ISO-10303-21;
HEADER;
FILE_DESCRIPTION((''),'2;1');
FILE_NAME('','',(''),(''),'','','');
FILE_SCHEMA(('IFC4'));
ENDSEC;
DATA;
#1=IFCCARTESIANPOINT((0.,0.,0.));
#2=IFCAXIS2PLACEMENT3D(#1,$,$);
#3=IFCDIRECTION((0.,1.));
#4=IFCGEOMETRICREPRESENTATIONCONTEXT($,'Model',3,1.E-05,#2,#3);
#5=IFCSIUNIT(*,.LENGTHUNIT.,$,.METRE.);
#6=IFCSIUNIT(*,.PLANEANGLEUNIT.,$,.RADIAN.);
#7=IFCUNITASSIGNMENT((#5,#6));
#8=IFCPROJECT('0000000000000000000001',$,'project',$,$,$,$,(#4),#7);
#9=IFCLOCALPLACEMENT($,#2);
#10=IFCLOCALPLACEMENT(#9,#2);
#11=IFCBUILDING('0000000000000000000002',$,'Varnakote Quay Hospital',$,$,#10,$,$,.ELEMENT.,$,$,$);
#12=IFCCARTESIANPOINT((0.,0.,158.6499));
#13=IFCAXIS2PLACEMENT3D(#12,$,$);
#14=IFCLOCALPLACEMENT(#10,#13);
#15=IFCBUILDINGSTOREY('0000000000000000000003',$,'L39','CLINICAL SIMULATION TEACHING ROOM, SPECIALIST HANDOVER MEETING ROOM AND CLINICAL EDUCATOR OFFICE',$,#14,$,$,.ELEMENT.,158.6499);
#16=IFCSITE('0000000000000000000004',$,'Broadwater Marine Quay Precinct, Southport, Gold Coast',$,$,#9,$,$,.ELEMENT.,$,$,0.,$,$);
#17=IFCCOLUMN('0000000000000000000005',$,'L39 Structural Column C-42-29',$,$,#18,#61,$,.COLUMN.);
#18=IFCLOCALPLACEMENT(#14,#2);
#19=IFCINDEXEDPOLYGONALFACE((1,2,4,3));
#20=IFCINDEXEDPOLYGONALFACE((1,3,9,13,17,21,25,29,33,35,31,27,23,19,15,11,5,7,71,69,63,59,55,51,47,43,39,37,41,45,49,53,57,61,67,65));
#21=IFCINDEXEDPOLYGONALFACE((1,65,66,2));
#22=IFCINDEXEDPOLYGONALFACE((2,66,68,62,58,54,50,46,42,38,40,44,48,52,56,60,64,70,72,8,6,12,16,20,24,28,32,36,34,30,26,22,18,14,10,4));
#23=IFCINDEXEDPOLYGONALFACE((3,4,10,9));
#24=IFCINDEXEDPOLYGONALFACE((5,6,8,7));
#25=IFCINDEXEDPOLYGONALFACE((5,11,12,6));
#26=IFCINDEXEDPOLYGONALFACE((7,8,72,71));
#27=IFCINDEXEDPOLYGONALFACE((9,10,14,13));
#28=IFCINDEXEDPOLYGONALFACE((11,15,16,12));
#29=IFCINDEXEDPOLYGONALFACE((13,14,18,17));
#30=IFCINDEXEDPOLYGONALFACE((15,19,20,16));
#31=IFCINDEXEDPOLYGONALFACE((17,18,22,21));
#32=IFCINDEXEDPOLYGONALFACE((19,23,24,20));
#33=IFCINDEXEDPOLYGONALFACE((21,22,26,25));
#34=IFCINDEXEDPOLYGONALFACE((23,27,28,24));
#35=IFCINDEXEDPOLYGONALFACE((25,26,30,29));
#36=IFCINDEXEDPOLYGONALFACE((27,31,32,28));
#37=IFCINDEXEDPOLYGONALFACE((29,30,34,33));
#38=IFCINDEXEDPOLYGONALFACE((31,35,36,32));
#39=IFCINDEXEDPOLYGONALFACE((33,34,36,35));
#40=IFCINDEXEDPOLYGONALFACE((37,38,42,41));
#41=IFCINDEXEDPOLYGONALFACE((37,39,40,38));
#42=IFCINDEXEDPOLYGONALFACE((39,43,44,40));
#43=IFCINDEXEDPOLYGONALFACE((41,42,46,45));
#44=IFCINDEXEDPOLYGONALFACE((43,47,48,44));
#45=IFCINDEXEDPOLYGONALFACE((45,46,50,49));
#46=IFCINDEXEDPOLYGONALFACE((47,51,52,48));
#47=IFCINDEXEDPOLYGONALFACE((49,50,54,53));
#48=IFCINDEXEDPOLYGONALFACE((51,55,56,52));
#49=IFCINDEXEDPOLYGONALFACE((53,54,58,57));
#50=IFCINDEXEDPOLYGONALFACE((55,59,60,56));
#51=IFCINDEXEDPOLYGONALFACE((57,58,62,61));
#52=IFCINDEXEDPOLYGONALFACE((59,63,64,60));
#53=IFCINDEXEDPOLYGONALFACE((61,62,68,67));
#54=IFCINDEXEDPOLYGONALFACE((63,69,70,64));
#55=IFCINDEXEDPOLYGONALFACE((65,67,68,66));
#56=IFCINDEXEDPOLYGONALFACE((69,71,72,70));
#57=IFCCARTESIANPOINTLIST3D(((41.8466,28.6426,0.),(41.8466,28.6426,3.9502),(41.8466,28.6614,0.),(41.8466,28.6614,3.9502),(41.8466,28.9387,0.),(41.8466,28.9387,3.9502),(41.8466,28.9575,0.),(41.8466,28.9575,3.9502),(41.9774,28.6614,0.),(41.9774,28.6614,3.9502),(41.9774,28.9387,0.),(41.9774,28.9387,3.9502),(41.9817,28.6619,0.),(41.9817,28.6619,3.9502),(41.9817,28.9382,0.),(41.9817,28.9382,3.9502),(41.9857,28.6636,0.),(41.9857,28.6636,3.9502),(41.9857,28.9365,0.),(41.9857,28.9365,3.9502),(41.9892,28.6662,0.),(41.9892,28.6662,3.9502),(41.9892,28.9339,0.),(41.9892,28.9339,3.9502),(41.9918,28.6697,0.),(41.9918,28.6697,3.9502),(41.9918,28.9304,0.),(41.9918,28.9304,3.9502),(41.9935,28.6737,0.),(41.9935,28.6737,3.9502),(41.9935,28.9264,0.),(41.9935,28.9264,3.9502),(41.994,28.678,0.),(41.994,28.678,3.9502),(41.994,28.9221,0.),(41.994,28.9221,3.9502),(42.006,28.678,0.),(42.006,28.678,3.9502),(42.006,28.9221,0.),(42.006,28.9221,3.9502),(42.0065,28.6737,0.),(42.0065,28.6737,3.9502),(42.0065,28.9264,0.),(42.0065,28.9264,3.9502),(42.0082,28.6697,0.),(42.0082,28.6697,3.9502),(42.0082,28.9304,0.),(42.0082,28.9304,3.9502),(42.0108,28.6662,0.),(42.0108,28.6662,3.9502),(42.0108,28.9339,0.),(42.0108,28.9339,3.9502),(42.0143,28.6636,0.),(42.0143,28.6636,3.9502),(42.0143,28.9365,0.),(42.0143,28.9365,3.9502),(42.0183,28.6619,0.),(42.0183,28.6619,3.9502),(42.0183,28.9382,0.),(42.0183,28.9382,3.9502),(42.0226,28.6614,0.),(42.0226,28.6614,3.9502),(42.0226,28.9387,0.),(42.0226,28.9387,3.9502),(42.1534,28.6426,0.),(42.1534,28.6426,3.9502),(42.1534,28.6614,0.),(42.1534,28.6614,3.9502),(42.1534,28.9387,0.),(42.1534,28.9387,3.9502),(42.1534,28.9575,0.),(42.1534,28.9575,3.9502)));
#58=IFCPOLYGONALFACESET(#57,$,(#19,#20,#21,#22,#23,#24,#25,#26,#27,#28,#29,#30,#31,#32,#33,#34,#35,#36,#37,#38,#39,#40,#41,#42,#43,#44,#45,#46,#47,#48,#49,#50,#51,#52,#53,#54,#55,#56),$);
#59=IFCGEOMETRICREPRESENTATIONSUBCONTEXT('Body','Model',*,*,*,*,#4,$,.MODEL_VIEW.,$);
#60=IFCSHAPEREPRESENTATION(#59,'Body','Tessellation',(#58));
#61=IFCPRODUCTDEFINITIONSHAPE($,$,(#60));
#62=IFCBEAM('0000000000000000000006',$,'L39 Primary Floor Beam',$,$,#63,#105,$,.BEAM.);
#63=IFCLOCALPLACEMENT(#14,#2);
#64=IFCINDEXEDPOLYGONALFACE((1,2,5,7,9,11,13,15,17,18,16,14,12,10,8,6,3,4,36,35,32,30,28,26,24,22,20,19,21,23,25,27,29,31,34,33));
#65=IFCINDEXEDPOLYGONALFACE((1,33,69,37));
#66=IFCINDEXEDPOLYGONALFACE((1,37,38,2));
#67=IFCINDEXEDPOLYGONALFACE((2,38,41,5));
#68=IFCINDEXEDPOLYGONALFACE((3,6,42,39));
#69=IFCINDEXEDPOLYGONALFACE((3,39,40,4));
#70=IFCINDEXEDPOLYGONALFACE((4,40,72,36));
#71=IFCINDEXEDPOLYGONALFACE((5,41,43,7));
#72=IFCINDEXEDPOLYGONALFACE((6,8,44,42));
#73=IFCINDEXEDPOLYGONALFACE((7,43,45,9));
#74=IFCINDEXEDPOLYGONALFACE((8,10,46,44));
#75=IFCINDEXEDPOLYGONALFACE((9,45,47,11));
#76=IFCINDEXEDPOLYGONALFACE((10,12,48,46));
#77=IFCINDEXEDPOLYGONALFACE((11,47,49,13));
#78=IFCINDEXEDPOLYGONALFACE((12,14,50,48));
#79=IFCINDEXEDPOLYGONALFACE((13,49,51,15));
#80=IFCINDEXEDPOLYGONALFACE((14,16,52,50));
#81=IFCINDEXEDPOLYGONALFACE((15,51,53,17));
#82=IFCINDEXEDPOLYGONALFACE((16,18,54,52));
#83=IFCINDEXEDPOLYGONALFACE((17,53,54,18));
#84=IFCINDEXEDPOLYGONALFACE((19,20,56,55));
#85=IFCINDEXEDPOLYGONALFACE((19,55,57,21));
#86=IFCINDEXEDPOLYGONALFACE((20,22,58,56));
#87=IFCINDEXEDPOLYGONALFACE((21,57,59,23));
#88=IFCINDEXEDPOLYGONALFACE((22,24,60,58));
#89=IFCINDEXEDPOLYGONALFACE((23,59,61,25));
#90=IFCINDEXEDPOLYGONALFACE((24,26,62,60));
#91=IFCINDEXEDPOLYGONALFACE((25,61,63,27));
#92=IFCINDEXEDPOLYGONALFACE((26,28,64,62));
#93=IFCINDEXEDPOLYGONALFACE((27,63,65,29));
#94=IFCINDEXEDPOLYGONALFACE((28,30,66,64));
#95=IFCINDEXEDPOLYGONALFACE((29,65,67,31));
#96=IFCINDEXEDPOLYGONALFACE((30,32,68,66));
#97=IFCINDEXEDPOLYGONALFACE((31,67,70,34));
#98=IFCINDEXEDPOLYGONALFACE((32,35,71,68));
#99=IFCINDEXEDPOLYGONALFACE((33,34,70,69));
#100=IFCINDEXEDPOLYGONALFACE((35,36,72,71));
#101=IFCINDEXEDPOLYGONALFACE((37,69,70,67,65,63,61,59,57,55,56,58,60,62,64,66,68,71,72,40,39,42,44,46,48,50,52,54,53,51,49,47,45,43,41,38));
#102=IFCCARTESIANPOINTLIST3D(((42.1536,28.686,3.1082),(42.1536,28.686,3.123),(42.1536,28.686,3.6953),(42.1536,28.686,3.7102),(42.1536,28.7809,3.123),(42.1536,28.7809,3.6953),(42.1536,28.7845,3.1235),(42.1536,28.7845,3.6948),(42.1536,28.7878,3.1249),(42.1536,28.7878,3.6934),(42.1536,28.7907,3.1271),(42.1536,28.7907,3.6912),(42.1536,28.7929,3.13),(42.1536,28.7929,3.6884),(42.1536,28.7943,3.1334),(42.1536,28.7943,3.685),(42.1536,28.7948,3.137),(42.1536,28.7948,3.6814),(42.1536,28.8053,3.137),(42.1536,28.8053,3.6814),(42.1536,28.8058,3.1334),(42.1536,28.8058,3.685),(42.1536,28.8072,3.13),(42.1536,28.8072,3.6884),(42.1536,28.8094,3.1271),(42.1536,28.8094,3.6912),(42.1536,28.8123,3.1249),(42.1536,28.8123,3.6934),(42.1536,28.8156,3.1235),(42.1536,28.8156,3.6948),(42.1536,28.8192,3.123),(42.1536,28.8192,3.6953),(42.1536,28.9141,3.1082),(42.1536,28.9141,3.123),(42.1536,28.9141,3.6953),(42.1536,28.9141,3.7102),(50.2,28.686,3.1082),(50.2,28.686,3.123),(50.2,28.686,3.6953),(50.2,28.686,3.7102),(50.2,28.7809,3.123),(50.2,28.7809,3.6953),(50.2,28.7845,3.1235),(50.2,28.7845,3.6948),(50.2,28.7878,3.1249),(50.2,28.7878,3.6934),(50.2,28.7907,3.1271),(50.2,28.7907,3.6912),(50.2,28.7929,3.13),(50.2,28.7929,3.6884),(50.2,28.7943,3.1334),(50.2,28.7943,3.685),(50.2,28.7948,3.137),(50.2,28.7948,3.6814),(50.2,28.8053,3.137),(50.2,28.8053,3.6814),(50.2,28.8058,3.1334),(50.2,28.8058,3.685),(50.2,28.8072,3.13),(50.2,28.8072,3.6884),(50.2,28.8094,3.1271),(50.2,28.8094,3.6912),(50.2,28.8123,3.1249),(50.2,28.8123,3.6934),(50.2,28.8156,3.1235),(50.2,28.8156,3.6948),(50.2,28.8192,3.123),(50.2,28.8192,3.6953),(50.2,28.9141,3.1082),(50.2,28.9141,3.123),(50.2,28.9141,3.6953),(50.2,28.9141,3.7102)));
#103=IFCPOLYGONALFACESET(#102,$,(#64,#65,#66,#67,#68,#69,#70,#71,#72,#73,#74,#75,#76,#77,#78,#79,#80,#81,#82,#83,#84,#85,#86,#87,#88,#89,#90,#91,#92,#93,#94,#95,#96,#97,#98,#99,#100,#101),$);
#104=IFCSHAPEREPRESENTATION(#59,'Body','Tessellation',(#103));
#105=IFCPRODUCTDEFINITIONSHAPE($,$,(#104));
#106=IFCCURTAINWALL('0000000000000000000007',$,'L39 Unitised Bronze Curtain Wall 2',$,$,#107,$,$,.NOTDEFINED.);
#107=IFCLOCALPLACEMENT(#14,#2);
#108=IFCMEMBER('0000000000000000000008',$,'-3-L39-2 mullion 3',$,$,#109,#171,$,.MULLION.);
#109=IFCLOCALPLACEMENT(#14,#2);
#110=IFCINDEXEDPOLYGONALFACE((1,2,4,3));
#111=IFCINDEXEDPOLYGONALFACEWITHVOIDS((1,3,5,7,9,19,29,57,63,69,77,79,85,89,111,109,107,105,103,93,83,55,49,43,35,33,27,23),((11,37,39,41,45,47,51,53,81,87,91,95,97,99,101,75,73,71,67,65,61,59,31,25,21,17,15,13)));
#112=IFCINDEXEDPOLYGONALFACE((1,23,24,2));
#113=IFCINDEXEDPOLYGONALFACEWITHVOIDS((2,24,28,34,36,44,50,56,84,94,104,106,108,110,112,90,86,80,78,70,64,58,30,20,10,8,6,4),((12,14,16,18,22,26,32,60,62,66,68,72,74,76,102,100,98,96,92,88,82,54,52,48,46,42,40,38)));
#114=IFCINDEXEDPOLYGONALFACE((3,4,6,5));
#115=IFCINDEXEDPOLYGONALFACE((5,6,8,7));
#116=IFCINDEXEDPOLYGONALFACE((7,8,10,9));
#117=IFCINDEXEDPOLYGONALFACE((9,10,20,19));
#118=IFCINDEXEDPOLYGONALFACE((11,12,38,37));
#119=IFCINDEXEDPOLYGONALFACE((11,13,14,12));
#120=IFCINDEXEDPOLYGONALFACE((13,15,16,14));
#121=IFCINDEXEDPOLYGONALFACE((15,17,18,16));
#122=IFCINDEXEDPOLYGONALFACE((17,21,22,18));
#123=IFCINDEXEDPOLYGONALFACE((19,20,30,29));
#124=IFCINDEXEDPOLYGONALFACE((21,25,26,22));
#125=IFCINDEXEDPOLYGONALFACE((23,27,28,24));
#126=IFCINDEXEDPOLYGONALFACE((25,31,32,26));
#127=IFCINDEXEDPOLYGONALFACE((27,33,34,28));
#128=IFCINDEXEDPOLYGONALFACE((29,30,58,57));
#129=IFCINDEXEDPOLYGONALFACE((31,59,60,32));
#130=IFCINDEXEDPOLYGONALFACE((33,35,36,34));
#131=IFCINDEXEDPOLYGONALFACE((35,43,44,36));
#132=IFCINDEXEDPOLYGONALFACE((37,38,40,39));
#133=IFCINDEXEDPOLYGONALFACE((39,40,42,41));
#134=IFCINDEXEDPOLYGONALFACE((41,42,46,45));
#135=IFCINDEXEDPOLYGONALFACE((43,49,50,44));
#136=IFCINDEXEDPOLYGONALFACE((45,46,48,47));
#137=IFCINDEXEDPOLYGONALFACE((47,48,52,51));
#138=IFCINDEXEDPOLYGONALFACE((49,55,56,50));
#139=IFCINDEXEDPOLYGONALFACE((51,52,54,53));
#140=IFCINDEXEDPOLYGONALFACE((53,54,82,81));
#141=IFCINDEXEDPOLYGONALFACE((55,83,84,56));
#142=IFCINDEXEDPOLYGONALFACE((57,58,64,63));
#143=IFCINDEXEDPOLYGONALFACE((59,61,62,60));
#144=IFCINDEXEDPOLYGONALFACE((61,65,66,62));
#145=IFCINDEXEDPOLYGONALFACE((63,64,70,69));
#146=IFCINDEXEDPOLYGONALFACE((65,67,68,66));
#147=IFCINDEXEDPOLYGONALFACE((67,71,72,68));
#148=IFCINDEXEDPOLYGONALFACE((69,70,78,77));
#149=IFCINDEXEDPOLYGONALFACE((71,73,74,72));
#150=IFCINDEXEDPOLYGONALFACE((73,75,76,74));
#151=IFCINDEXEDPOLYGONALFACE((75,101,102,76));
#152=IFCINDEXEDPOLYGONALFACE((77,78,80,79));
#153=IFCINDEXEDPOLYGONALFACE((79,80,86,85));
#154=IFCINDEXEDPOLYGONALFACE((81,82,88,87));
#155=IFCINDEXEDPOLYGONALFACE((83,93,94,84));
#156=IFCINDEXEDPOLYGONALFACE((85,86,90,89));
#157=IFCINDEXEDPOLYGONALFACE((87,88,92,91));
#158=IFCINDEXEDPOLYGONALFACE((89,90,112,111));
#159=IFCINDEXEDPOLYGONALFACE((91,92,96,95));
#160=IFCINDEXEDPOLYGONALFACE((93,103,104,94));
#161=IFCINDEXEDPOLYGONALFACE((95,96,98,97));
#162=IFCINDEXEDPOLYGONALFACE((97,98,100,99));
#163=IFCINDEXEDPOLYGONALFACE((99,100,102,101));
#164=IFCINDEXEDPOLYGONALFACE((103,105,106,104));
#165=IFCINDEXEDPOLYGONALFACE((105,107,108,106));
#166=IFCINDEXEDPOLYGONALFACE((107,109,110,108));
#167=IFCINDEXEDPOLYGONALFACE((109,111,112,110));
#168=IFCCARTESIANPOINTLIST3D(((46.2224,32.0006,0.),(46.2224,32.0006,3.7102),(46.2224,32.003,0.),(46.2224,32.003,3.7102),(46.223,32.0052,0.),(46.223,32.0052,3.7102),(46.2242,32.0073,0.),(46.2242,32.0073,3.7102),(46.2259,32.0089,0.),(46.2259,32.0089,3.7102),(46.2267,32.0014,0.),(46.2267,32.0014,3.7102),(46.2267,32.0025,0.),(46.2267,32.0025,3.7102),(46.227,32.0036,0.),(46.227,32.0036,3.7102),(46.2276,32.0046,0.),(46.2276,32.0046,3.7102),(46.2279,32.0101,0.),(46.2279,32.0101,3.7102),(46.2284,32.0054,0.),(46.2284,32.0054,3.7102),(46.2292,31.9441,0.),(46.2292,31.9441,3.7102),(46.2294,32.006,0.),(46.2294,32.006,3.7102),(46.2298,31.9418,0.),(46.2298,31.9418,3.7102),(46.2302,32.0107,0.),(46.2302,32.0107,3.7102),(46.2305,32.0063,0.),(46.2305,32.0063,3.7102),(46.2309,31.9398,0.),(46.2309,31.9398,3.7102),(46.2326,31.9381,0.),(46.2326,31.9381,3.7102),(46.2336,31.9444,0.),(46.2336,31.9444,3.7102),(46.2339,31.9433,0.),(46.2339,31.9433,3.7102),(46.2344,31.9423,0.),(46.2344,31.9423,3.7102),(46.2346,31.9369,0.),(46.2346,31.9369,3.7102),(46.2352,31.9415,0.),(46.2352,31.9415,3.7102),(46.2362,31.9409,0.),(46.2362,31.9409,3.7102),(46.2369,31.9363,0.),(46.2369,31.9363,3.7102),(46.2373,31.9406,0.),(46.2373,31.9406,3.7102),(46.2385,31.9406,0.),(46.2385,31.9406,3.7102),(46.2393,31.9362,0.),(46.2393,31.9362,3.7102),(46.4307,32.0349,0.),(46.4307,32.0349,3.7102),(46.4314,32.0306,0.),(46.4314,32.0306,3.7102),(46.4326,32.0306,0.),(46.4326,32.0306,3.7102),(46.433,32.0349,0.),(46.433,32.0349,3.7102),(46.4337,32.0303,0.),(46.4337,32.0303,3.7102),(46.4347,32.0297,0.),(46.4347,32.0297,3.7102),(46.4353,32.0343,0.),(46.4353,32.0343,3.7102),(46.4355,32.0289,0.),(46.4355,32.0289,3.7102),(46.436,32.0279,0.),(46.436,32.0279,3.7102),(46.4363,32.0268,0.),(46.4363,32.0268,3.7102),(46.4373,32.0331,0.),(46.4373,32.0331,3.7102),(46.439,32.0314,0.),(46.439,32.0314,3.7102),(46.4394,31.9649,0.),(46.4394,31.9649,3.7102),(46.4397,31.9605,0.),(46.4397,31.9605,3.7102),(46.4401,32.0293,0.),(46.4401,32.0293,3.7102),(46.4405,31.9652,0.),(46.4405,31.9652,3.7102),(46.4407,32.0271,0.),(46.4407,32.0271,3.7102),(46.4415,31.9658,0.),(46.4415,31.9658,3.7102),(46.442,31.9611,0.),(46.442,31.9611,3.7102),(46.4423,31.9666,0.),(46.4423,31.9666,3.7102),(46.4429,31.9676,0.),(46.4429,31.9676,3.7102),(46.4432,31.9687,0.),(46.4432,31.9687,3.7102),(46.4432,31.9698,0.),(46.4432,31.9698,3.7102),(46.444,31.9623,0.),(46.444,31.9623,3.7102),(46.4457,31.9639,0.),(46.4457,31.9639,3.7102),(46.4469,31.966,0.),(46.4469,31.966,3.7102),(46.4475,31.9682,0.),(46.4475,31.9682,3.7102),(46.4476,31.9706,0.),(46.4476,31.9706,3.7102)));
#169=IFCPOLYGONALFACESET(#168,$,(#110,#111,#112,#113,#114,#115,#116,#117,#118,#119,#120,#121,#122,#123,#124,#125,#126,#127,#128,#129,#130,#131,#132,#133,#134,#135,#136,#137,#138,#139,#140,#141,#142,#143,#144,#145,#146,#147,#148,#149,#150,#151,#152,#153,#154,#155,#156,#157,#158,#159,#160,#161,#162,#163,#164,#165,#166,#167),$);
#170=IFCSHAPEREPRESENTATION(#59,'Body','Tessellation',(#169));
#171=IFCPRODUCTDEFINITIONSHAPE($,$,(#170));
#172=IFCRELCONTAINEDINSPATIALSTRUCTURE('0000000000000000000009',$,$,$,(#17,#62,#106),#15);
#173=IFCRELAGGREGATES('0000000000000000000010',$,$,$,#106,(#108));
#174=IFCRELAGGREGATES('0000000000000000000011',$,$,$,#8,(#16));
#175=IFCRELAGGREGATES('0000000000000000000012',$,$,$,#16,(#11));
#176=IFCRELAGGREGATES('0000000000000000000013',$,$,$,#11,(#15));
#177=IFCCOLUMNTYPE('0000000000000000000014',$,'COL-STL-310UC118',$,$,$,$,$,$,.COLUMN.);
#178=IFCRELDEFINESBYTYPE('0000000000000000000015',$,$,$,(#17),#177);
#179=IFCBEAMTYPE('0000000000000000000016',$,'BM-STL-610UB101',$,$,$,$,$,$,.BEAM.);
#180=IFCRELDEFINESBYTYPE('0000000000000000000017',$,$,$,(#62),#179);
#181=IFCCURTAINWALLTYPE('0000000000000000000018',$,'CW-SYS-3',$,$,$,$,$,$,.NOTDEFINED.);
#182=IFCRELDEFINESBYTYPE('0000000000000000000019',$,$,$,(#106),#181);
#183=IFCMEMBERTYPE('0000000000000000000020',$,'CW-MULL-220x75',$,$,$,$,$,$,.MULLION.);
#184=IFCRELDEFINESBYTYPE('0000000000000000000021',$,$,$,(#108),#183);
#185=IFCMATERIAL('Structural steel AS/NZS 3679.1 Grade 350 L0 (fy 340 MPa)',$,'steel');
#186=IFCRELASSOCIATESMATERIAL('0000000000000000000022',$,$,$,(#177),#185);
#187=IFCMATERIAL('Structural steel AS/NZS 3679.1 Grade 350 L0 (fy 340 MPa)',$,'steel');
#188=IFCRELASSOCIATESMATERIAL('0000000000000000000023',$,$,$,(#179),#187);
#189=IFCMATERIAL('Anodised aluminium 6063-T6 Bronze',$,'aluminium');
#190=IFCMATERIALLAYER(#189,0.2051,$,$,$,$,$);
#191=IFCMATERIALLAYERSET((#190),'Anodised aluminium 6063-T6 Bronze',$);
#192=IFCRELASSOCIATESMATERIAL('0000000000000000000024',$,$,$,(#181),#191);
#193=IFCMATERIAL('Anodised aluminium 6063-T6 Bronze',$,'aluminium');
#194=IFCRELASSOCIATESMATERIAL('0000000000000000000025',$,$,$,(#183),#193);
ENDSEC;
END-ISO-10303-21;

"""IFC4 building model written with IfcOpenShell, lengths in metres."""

from ifc_helpers import new_model, si_unit, direction, frame, origin, origin_2d, place, context, subcontext, project, spatial, hollow_rectangle, i_section, extrude, material, layer, layer_set, material_profile, profile_set, type_object, element, aggregate, save


model = new_model("IFC4")

# Units and contexts
model_context = context("Model", 3, precision=1e-05, world=origin(), true_north=direction((0.0, 1.0)))
body_context = subcontext(model_context, "Body", "Model", "MODEL_VIEW")
ifc_project = project(units=[si_unit("LENGTHUNIT", "METRE"), si_unit("PLANEANGLEUNIT", "RADIAN")], contexts=[model_context])

# Site, building, storey
site_placement = place(None, origin())
site = spatial("IfcSite", under=ifc_project, at=site_placement, Name="Broadwater Marine Quay Precinct, Southport, Gold Coast", CompositionType="ELEMENT", RefElevation=0.0)
building_placement = place(site_placement, origin())
building = spatial("IfcBuilding", under=site, at=building_placement, Name="Varnakote Quay Hospital", CompositionType="ELEMENT")
storey_placement = place(building_placement, frame((0.0, 0.0, 158.6499)))
storey = spatial("IfcBuildingStorey", under=building, at=storey_placement, Name="L39", Description="CLINICAL SIMULATION TEACHING ROOM, SPECIALIST HANDOVER MEETING ROOM AND CLINICAL EDUCATOR OFFICE", CompositionType="ELEMENT", Elevation=158.6499)

# Column
ifc_material_1 = material(Name="Structural steel AS/NZS 3679.1 Grade 350 L0 (fy 340 MPa)", Category="steel")
ifc_material_profile_1 = material_profile(ifc_material_1, i_section(OverallWidth=0.3069, OverallDepth=0.3149, WebThickness=0.012, FlangeThickness=0.0188, FilletRadius=0.0166, at=origin_2d()), Name="310UC118")
ifc_profile_set_1 = profile_set([ifc_material_profile_1], Name="Structural steel AS/NZS 3679.1 Grade 350 L0 (fy 340 MPa)")
column_type = type_object("IfcColumnType", Name="COL-STL-310UC118", PredefinedType="COLUMN", material=ifc_profile_set_1)
column_placement = place(storey_placement, frame((42.0, 28.8, 0.0), z_axis=(0.0, 0.0, 1.0), x_axis=(1.0, 0.0, 0.0)))
element("IfcColumn", 1, at=column_placement, inside=storey, type_object=column_type, Name="L39 Structural Column C-42-29", PredefinedType="COLUMN", context=body_context, shape_type="SweptSolid", body=[
    extrude(i_section(OverallWidth=0.3069, OverallDepth=0.3149, WebThickness=0.012, FlangeThickness=0.0188, FilletRadius=0.0166, at=origin_2d()), origin(), (0.0, 0.0, 1.0), 3.9502),
])

# Beam
ifc_material_2 = material(Name="Structural steel AS/NZS 3679.1 Grade 350 L0 (fy 340 MPa)", Category="steel")
ifc_material_profile_2 = material_profile(ifc_material_2, i_section(OverallWidth=0.228, OverallDepth=0.6021, WebThickness=0.0105, FlangeThickness=0.0149, FilletRadius=0.0139, at=origin_2d()), Name="610UB101")
ifc_profile_set_2 = profile_set([ifc_material_profile_2], Name="Structural steel AS/NZS 3679.1 Grade 350 L0 (fy 340 MPa)")
beam_type_1 = type_object("IfcBeamType", Name="BM-STL-610UB101", PredefinedType="BEAM", material=ifc_profile_set_2)
beam_1_placement = place(storey_placement, frame((42.1536, 28.8, 3.4092), z_axis=(1.0, 0.0, 0.0), x_axis=(0.0, 1.0, 0.0)))
element("IfcBeam", 2, at=beam_1_placement, inside=storey, type_object=beam_type_1, Name="L39 Primary Floor Beam", PredefinedType="BEAM", context=body_context, shape_type="SweptSolid", body=[
    extrude(i_section(OverallWidth=0.228, OverallDepth=0.6021, WebThickness=0.0105, FlangeThickness=0.0149, FilletRadius=0.0139, at=origin_2d()), origin(), (0.0, 0.0, 1.0), 8.0464),
])

# Curtain wall, member
ifc_material_3 = material(Name="Anodised aluminium 6063-T6 Bronze", Category="aluminium")
ifc_layer_1 = layer(ifc_material_3, 0.2051)
ifc_layer_set_1 = layer_set([ifc_layer_1], Name="Anodised aluminium 6063-T6 Bronze")
curtain_wall_type = type_object("IfcCurtainWallType", Name="CW-SYS-3", PredefinedType="NOTDEFINED", material=ifc_layer_set_1)
curtain_wall_placement = place(storey_placement, origin())
curtain_wall = element("IfcCurtainWall", 3, at=curtain_wall_placement, inside=storey, type_object=curtain_wall_type, Name="L39 Unitised Bronze Curtain Wall 2", PredefinedType="NOTDEFINED")
ifc_material_4 = material(Name="Anodised aluminium 6063-T6 Bronze", Category="aluminium")
ifc_material_profile_3 = material_profile(ifc_material_4, hollow_rectangle(XDim=0.075, YDim=0.22, WallThickness=0.0044, InnerFilletRadius=0.0044, OuterFilletRadius=0.009, at=origin_2d()), Name="CW-MULL-220x75")
ifc_profile_set_3 = profile_set([ifc_material_profile_3], Name="Anodised aluminium 6063-T6 Bronze")
member_type_1 = type_object("IfcMemberType", Name="CW-MULL-220x75", PredefinedType="MULLION", material=ifc_profile_set_3)
member_1_placement = place(storey_placement, frame((46.335, 31.9856, 0.0), z_axis=(0.0, 0.0, 1.0), x_axis=(0.120327, -0.992734, 0.0)))
member_1 = element("IfcMember", 4, at=member_1_placement, type_object=member_type_1, Name="-3-L39-2 mullion 3", PredefinedType="MULLION", context=body_context, shape_type="SweptSolid", body=[
    extrude(hollow_rectangle(XDim=0.075, YDim=0.22, WallThickness=0.0044, InnerFilletRadius=0.0044, OuterFilletRadius=0.009, at=origin_2d()), origin(), (0.0, 0.0, 1.0), 3.7102),
])

aggregate(curtain_wall, [member_1])

save(model, "model.ifc")
